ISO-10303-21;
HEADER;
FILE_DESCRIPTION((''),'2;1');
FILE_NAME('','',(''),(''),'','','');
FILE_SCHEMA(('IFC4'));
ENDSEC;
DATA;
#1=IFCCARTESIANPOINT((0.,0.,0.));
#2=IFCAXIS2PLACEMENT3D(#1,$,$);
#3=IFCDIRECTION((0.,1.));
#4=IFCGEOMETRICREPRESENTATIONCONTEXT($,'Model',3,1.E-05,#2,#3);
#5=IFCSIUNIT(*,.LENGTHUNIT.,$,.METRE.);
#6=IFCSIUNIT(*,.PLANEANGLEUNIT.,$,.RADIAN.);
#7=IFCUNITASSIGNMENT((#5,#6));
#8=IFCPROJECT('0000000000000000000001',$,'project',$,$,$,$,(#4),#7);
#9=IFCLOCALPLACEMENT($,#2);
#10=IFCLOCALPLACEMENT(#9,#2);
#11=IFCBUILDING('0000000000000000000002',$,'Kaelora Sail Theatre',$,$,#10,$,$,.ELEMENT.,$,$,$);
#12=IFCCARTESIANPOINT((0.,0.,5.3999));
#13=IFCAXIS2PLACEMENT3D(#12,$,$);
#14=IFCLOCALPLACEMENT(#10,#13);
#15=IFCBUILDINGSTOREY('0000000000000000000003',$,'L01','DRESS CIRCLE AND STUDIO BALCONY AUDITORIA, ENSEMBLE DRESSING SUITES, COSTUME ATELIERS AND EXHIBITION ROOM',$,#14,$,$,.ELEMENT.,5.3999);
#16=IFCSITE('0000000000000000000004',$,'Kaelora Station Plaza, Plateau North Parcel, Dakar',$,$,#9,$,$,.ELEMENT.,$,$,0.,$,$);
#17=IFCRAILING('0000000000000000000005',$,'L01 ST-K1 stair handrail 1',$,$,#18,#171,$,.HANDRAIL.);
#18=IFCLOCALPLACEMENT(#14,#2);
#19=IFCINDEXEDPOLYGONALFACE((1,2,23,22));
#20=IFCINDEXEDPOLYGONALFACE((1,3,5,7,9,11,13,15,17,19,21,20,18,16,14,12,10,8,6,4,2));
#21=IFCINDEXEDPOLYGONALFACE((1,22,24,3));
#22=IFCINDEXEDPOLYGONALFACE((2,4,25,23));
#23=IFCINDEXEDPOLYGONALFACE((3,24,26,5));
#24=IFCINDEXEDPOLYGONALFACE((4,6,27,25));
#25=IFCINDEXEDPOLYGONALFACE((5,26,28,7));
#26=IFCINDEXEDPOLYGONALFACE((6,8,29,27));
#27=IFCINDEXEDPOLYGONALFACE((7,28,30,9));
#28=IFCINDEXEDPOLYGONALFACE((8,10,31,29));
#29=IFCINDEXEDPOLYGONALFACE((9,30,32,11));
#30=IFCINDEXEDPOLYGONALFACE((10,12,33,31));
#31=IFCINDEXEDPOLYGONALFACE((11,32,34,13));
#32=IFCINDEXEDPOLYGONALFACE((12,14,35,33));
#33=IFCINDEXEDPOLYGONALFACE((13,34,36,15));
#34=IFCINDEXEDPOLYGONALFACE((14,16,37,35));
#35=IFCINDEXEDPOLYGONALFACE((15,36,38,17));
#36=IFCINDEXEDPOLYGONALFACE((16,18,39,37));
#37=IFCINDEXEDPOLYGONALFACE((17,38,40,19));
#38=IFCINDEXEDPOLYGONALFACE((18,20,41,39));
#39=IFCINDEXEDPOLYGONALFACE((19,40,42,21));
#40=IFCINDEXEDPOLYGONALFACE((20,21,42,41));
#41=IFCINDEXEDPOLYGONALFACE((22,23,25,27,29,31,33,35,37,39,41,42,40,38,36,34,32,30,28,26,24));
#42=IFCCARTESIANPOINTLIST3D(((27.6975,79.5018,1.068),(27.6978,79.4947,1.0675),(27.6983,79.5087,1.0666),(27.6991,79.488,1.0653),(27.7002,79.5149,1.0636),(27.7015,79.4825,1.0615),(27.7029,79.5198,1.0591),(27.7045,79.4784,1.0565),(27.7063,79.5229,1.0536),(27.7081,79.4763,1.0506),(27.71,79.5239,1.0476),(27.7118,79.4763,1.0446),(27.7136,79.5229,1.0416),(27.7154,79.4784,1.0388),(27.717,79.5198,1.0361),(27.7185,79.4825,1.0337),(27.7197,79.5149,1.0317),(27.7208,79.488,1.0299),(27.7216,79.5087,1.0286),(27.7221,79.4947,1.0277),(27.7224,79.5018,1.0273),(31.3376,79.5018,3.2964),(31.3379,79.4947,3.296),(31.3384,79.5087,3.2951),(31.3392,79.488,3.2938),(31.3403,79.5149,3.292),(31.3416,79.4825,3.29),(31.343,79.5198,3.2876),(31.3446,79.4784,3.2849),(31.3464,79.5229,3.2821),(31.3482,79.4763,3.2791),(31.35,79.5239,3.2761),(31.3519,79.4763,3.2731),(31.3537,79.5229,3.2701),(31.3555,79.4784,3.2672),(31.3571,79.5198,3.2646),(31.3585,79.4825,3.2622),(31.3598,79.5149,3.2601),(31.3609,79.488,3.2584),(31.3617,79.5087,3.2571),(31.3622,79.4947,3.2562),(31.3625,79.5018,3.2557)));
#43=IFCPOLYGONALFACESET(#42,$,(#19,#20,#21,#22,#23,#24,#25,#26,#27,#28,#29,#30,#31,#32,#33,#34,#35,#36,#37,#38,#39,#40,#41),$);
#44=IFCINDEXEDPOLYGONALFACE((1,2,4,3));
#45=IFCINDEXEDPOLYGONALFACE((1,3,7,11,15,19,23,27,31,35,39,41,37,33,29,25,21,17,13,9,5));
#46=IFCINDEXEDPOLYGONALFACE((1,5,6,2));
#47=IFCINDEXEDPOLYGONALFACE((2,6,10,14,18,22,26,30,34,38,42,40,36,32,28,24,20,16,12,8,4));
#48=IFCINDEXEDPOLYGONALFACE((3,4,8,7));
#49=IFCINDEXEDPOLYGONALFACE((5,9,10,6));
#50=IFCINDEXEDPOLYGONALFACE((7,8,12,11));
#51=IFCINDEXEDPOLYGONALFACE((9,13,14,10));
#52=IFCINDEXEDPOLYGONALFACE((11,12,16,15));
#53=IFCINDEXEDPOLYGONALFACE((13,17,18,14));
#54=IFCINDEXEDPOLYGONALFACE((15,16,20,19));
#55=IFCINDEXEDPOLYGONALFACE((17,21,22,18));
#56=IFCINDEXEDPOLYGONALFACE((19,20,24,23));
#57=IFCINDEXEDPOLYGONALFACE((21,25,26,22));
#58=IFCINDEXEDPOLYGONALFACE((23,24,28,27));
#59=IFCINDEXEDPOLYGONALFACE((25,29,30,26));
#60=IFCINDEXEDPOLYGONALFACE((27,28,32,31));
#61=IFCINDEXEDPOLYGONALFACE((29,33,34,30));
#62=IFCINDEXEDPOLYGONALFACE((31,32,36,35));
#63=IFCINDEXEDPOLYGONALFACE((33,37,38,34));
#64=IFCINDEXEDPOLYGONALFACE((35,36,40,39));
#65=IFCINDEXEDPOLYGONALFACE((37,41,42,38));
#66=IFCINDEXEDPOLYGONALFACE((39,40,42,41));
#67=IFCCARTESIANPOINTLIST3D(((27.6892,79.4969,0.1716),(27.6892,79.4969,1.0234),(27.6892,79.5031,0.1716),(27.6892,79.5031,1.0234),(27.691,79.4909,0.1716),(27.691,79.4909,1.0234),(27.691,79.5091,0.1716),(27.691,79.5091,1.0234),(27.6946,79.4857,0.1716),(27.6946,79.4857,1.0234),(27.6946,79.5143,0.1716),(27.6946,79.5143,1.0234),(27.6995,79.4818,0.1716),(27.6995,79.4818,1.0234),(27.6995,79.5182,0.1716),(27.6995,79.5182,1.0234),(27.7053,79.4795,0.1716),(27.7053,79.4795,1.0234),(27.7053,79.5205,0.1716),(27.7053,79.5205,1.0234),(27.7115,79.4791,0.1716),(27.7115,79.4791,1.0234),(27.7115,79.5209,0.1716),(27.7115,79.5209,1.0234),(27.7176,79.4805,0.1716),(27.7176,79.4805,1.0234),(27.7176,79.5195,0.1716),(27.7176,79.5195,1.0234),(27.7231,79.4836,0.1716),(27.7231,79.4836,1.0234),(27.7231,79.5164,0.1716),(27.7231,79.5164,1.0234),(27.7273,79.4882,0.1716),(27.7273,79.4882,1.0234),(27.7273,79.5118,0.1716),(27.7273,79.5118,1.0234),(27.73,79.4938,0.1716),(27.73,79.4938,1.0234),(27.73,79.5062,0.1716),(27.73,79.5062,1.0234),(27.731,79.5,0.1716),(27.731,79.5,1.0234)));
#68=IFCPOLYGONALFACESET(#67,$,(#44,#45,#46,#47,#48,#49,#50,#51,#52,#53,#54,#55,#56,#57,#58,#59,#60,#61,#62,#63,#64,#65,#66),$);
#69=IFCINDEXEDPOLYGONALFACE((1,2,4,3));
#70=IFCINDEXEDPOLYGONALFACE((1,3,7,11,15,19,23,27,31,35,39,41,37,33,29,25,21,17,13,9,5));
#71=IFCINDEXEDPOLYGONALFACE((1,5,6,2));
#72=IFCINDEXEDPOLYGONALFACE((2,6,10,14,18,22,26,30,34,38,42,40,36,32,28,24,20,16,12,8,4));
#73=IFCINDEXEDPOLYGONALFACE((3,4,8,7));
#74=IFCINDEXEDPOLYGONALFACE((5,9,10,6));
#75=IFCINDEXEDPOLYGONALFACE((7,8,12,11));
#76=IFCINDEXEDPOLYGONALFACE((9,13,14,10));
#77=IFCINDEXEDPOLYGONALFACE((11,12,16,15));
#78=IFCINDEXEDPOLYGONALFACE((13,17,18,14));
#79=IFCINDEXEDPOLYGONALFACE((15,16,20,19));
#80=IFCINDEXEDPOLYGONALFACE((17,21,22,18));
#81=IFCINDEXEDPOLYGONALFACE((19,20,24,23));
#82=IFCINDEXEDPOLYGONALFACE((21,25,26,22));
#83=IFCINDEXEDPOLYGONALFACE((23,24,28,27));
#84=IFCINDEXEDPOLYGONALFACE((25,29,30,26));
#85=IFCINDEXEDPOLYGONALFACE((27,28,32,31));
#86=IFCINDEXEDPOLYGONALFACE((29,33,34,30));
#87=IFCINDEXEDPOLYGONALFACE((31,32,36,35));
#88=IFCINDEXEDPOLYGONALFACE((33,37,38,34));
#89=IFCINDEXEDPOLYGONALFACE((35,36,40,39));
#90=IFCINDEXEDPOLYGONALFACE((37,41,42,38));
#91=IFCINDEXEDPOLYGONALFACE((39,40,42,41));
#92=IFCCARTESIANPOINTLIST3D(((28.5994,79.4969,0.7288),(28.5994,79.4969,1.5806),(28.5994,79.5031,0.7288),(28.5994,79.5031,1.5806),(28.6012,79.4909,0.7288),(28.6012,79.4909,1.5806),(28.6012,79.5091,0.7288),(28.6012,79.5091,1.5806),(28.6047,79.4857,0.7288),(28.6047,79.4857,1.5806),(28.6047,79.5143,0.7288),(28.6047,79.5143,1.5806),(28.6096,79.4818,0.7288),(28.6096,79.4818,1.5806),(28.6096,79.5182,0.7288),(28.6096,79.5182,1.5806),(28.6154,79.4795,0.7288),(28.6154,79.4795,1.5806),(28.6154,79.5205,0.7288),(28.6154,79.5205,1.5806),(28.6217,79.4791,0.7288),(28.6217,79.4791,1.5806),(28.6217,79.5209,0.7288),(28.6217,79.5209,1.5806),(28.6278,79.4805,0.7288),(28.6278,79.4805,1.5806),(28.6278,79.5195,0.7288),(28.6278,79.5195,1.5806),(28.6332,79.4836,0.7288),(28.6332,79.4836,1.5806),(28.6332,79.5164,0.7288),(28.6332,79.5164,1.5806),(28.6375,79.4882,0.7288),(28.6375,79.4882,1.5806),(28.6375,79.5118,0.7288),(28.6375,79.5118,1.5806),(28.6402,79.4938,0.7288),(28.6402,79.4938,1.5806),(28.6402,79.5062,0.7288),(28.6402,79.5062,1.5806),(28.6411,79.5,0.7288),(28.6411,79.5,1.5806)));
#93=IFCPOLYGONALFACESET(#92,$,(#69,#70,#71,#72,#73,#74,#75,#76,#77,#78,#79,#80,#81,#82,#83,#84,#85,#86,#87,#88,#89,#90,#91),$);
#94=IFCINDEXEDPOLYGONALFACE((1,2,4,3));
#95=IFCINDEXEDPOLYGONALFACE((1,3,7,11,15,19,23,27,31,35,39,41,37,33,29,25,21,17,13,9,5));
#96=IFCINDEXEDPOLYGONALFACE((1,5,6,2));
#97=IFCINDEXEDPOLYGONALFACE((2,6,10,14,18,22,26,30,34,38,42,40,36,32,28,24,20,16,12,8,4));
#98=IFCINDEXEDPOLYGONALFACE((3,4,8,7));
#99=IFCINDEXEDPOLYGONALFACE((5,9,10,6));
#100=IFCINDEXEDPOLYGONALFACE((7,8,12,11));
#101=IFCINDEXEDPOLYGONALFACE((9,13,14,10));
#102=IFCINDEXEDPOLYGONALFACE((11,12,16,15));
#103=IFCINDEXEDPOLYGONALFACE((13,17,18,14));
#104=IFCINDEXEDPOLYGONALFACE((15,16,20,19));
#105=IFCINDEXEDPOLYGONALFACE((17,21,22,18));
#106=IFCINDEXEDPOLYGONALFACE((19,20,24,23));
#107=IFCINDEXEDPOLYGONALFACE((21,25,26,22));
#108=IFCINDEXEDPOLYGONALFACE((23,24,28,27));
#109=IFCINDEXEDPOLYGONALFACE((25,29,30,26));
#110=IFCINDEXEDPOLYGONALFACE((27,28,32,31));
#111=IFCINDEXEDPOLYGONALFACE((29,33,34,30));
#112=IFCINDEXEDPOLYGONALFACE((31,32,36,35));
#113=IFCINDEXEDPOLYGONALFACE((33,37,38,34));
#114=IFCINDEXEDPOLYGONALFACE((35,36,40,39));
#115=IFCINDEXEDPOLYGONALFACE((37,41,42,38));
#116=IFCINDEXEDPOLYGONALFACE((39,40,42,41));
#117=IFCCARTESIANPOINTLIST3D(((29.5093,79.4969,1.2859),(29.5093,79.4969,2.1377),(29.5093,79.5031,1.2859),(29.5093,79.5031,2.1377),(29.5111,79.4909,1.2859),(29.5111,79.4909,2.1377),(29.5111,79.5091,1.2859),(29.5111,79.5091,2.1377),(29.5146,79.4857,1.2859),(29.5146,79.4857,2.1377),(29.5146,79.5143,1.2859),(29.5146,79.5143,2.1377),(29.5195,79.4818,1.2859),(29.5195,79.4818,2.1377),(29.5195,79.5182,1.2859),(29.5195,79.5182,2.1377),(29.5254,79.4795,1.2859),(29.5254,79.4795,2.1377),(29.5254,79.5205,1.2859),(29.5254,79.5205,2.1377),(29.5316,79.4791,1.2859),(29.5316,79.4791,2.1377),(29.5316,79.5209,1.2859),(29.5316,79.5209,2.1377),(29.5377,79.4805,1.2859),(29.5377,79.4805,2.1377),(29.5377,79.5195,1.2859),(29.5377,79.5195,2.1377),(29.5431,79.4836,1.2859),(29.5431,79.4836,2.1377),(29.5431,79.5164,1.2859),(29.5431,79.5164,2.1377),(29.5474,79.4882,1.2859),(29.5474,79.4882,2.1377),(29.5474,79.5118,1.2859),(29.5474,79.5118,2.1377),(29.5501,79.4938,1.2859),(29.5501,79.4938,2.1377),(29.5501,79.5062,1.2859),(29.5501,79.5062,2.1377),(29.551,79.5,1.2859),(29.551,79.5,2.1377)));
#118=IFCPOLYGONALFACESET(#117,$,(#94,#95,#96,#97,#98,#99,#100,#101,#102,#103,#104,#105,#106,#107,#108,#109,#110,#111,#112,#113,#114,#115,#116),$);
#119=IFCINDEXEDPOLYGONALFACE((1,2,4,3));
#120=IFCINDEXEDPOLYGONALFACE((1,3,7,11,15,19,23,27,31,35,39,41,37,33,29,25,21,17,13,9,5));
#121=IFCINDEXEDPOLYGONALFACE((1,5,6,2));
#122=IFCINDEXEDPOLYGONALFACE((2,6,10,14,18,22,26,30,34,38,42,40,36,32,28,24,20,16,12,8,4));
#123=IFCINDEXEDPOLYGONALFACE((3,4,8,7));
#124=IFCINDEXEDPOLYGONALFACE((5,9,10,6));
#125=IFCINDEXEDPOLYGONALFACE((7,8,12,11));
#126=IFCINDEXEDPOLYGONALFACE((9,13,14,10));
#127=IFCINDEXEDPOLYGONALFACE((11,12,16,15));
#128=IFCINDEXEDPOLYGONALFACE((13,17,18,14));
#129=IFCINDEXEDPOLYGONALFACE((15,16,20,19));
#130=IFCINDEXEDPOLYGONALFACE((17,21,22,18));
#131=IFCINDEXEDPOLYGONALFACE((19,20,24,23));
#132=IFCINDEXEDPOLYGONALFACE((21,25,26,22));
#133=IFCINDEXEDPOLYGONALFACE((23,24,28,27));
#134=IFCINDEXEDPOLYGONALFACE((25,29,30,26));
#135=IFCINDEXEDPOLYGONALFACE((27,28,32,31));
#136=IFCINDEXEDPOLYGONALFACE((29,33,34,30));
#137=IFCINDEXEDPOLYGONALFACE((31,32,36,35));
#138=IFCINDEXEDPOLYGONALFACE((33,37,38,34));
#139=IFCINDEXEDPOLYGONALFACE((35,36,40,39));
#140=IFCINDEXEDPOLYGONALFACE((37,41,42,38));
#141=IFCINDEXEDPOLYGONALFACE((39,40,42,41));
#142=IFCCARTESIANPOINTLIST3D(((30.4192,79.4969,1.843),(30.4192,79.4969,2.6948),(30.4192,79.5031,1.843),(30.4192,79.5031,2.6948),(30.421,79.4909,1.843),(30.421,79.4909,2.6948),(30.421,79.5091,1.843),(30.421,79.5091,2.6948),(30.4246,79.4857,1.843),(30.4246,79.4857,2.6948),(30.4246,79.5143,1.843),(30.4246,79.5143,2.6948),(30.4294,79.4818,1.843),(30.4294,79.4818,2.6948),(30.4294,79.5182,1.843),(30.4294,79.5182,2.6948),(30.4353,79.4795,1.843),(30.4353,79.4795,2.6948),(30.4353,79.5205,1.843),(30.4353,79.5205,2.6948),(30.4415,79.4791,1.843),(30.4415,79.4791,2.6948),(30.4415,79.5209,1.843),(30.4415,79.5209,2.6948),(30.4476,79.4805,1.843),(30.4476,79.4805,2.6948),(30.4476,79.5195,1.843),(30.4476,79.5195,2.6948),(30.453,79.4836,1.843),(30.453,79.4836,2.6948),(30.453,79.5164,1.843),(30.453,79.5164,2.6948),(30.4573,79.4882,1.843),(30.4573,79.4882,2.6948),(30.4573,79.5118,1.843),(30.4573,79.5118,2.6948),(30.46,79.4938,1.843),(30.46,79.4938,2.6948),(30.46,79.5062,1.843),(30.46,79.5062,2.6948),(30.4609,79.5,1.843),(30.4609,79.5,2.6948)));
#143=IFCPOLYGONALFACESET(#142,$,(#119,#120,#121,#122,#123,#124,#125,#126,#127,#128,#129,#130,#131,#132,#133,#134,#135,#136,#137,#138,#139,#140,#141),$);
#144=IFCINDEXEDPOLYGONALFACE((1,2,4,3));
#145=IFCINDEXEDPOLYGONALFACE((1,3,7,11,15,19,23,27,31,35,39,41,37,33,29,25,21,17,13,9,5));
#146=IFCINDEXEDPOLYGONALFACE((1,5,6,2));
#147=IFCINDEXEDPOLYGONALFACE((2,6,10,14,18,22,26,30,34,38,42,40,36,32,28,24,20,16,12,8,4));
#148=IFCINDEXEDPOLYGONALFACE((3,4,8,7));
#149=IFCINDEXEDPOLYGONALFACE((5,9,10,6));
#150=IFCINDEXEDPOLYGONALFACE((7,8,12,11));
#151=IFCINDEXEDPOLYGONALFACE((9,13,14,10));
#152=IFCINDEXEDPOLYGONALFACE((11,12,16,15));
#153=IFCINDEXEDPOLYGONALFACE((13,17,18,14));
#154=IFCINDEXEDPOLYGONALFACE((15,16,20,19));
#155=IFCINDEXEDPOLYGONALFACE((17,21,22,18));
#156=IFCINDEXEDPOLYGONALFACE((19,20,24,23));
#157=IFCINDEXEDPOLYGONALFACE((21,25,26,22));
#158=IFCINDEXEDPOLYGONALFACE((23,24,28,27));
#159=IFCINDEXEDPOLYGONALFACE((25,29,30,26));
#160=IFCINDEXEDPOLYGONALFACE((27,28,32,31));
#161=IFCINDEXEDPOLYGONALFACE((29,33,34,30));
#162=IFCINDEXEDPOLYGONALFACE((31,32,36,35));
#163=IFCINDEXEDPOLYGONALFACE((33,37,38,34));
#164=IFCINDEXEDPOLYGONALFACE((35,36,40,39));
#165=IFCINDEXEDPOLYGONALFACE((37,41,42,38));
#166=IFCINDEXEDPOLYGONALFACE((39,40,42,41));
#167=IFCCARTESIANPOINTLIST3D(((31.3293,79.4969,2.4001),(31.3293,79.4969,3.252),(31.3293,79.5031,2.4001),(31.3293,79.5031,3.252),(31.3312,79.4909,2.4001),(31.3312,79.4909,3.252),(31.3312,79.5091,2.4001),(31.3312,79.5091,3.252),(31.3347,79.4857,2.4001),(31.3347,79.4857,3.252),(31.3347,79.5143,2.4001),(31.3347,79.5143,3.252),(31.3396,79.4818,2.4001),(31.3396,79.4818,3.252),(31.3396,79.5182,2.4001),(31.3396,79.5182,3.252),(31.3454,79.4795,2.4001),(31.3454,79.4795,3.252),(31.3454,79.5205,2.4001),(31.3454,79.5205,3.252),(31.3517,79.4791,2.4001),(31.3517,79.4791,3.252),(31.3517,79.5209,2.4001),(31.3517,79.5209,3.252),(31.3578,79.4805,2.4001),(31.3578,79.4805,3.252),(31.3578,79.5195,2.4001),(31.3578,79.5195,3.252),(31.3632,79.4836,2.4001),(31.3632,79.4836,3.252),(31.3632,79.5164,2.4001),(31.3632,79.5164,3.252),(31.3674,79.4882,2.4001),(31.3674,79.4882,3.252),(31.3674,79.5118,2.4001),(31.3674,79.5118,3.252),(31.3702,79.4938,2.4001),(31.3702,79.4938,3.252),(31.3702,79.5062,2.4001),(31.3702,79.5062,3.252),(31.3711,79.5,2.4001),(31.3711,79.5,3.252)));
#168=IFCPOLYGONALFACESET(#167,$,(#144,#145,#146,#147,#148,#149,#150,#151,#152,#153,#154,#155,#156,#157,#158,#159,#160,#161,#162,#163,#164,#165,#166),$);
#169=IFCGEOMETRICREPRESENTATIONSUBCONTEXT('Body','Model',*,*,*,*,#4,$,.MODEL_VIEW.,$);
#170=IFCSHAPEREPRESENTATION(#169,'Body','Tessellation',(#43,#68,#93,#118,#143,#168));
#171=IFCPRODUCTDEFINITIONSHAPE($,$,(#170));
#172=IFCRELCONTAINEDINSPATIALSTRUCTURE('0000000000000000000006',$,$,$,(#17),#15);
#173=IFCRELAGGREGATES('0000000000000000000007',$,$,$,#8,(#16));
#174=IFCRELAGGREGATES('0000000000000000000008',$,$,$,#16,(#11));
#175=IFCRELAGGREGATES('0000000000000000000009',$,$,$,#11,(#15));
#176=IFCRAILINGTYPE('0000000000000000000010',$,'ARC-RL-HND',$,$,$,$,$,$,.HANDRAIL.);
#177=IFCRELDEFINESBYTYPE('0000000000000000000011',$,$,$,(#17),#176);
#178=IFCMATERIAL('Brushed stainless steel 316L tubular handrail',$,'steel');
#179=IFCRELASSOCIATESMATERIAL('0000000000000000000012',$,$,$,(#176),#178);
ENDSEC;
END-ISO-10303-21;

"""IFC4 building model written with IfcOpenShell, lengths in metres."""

from ifc_helpers import new_model, si_unit, direction, frame, origin, origin_2d, place, context, subcontext, project, spatial, circle, extrude, material, type_object, element, save


model = new_model("IFC4")

# Units and contexts
model_context = context("Model", 3, precision=1e-05, world=origin(), true_north=direction((0.0, 1.0)))
body_context = subcontext(model_context, "Body", "Model", "MODEL_VIEW")
ifc_project = project(units=[si_unit("LENGTHUNIT", "METRE"), si_unit("PLANEANGLEUNIT", "RADIAN")], contexts=[model_context])

# Site, building, storey
site_placement = place(None, origin())
site = spatial("IfcSite", under=ifc_project, at=site_placement, Name="Kaelora Station Plaza, Plateau North Parcel, Dakar", CompositionType="ELEMENT", RefElevation=0.0)
building_placement = place(site_placement, origin())
building = spatial("IfcBuilding", under=site, at=building_placement, Name="Kaelora Sail Theatre", CompositionType="ELEMENT")
storey_placement = place(building_placement, frame((0.0, 0.0, 5.3999)))
storey = spatial("IfcBuildingStorey", under=building, at=storey_placement, Name="L01", Description="DRESS CIRCLE AND STUDIO BALCONY AUDITORIA, ENSEMBLE DRESSING SUITES, COSTUME ATELIERS AND EXHIBITION ROOM", CompositionType="ELEMENT", Elevation=5.3999)

# Railing
ifc_material_1 = material(Name="Brushed stainless steel 316L tubular handrail", Category="steel")
railing_type_1 = type_object("IfcRailingType", Name="ARC-RL-HND", PredefinedType="HANDRAIL", material=ifc_material_1)
railing_1_placement = place(storey_placement, frame((27.71, 79.5, 0.1716)))
element("IfcRailing", 1, at=railing_1_placement, inside=storey, type_object=railing_type_1, Name="L01 ST-K1 stair handrail 1", PredefinedType="HANDRAIL", context=body_context, shape_type="SweptSolid", body=[
    extrude(circle(Radius=0.0239, at=origin_2d()), frame((0.0, 0.0, 0.876), z_axis=(0.852866, 0.0, 0.52213), x_axis=(0.0, 1.0, 0.0)), (0.0, 0.0, 1.0), 4.2681),
    extrude(circle(Radius=0.021, at=origin_2d()), origin(), (0.0, 0.0, 1.0), 0.8518),
    extrude(circle(Radius=0.021, at=origin_2d()), frame((0.9102, 0.0, 0.5571)), (0.0, 0.0, 1.0), 0.8518),
    extrude(circle(Radius=0.021, at=origin_2d()), frame((1.8201, 0.0, 1.1143)), (0.0, 0.0, 1.0), 0.8518),
    extrude(circle(Radius=0.021, at=origin_2d()), frame((2.73, 0.0, 1.6714)), (0.0, 0.0, 1.0), 0.8518),
    extrude(circle(Radius=0.021, at=origin_2d()), frame((3.6401, 0.0, 2.2285)), (0.0, 0.0, 1.0), 0.8518),
])

save(model, "model.ifc")
